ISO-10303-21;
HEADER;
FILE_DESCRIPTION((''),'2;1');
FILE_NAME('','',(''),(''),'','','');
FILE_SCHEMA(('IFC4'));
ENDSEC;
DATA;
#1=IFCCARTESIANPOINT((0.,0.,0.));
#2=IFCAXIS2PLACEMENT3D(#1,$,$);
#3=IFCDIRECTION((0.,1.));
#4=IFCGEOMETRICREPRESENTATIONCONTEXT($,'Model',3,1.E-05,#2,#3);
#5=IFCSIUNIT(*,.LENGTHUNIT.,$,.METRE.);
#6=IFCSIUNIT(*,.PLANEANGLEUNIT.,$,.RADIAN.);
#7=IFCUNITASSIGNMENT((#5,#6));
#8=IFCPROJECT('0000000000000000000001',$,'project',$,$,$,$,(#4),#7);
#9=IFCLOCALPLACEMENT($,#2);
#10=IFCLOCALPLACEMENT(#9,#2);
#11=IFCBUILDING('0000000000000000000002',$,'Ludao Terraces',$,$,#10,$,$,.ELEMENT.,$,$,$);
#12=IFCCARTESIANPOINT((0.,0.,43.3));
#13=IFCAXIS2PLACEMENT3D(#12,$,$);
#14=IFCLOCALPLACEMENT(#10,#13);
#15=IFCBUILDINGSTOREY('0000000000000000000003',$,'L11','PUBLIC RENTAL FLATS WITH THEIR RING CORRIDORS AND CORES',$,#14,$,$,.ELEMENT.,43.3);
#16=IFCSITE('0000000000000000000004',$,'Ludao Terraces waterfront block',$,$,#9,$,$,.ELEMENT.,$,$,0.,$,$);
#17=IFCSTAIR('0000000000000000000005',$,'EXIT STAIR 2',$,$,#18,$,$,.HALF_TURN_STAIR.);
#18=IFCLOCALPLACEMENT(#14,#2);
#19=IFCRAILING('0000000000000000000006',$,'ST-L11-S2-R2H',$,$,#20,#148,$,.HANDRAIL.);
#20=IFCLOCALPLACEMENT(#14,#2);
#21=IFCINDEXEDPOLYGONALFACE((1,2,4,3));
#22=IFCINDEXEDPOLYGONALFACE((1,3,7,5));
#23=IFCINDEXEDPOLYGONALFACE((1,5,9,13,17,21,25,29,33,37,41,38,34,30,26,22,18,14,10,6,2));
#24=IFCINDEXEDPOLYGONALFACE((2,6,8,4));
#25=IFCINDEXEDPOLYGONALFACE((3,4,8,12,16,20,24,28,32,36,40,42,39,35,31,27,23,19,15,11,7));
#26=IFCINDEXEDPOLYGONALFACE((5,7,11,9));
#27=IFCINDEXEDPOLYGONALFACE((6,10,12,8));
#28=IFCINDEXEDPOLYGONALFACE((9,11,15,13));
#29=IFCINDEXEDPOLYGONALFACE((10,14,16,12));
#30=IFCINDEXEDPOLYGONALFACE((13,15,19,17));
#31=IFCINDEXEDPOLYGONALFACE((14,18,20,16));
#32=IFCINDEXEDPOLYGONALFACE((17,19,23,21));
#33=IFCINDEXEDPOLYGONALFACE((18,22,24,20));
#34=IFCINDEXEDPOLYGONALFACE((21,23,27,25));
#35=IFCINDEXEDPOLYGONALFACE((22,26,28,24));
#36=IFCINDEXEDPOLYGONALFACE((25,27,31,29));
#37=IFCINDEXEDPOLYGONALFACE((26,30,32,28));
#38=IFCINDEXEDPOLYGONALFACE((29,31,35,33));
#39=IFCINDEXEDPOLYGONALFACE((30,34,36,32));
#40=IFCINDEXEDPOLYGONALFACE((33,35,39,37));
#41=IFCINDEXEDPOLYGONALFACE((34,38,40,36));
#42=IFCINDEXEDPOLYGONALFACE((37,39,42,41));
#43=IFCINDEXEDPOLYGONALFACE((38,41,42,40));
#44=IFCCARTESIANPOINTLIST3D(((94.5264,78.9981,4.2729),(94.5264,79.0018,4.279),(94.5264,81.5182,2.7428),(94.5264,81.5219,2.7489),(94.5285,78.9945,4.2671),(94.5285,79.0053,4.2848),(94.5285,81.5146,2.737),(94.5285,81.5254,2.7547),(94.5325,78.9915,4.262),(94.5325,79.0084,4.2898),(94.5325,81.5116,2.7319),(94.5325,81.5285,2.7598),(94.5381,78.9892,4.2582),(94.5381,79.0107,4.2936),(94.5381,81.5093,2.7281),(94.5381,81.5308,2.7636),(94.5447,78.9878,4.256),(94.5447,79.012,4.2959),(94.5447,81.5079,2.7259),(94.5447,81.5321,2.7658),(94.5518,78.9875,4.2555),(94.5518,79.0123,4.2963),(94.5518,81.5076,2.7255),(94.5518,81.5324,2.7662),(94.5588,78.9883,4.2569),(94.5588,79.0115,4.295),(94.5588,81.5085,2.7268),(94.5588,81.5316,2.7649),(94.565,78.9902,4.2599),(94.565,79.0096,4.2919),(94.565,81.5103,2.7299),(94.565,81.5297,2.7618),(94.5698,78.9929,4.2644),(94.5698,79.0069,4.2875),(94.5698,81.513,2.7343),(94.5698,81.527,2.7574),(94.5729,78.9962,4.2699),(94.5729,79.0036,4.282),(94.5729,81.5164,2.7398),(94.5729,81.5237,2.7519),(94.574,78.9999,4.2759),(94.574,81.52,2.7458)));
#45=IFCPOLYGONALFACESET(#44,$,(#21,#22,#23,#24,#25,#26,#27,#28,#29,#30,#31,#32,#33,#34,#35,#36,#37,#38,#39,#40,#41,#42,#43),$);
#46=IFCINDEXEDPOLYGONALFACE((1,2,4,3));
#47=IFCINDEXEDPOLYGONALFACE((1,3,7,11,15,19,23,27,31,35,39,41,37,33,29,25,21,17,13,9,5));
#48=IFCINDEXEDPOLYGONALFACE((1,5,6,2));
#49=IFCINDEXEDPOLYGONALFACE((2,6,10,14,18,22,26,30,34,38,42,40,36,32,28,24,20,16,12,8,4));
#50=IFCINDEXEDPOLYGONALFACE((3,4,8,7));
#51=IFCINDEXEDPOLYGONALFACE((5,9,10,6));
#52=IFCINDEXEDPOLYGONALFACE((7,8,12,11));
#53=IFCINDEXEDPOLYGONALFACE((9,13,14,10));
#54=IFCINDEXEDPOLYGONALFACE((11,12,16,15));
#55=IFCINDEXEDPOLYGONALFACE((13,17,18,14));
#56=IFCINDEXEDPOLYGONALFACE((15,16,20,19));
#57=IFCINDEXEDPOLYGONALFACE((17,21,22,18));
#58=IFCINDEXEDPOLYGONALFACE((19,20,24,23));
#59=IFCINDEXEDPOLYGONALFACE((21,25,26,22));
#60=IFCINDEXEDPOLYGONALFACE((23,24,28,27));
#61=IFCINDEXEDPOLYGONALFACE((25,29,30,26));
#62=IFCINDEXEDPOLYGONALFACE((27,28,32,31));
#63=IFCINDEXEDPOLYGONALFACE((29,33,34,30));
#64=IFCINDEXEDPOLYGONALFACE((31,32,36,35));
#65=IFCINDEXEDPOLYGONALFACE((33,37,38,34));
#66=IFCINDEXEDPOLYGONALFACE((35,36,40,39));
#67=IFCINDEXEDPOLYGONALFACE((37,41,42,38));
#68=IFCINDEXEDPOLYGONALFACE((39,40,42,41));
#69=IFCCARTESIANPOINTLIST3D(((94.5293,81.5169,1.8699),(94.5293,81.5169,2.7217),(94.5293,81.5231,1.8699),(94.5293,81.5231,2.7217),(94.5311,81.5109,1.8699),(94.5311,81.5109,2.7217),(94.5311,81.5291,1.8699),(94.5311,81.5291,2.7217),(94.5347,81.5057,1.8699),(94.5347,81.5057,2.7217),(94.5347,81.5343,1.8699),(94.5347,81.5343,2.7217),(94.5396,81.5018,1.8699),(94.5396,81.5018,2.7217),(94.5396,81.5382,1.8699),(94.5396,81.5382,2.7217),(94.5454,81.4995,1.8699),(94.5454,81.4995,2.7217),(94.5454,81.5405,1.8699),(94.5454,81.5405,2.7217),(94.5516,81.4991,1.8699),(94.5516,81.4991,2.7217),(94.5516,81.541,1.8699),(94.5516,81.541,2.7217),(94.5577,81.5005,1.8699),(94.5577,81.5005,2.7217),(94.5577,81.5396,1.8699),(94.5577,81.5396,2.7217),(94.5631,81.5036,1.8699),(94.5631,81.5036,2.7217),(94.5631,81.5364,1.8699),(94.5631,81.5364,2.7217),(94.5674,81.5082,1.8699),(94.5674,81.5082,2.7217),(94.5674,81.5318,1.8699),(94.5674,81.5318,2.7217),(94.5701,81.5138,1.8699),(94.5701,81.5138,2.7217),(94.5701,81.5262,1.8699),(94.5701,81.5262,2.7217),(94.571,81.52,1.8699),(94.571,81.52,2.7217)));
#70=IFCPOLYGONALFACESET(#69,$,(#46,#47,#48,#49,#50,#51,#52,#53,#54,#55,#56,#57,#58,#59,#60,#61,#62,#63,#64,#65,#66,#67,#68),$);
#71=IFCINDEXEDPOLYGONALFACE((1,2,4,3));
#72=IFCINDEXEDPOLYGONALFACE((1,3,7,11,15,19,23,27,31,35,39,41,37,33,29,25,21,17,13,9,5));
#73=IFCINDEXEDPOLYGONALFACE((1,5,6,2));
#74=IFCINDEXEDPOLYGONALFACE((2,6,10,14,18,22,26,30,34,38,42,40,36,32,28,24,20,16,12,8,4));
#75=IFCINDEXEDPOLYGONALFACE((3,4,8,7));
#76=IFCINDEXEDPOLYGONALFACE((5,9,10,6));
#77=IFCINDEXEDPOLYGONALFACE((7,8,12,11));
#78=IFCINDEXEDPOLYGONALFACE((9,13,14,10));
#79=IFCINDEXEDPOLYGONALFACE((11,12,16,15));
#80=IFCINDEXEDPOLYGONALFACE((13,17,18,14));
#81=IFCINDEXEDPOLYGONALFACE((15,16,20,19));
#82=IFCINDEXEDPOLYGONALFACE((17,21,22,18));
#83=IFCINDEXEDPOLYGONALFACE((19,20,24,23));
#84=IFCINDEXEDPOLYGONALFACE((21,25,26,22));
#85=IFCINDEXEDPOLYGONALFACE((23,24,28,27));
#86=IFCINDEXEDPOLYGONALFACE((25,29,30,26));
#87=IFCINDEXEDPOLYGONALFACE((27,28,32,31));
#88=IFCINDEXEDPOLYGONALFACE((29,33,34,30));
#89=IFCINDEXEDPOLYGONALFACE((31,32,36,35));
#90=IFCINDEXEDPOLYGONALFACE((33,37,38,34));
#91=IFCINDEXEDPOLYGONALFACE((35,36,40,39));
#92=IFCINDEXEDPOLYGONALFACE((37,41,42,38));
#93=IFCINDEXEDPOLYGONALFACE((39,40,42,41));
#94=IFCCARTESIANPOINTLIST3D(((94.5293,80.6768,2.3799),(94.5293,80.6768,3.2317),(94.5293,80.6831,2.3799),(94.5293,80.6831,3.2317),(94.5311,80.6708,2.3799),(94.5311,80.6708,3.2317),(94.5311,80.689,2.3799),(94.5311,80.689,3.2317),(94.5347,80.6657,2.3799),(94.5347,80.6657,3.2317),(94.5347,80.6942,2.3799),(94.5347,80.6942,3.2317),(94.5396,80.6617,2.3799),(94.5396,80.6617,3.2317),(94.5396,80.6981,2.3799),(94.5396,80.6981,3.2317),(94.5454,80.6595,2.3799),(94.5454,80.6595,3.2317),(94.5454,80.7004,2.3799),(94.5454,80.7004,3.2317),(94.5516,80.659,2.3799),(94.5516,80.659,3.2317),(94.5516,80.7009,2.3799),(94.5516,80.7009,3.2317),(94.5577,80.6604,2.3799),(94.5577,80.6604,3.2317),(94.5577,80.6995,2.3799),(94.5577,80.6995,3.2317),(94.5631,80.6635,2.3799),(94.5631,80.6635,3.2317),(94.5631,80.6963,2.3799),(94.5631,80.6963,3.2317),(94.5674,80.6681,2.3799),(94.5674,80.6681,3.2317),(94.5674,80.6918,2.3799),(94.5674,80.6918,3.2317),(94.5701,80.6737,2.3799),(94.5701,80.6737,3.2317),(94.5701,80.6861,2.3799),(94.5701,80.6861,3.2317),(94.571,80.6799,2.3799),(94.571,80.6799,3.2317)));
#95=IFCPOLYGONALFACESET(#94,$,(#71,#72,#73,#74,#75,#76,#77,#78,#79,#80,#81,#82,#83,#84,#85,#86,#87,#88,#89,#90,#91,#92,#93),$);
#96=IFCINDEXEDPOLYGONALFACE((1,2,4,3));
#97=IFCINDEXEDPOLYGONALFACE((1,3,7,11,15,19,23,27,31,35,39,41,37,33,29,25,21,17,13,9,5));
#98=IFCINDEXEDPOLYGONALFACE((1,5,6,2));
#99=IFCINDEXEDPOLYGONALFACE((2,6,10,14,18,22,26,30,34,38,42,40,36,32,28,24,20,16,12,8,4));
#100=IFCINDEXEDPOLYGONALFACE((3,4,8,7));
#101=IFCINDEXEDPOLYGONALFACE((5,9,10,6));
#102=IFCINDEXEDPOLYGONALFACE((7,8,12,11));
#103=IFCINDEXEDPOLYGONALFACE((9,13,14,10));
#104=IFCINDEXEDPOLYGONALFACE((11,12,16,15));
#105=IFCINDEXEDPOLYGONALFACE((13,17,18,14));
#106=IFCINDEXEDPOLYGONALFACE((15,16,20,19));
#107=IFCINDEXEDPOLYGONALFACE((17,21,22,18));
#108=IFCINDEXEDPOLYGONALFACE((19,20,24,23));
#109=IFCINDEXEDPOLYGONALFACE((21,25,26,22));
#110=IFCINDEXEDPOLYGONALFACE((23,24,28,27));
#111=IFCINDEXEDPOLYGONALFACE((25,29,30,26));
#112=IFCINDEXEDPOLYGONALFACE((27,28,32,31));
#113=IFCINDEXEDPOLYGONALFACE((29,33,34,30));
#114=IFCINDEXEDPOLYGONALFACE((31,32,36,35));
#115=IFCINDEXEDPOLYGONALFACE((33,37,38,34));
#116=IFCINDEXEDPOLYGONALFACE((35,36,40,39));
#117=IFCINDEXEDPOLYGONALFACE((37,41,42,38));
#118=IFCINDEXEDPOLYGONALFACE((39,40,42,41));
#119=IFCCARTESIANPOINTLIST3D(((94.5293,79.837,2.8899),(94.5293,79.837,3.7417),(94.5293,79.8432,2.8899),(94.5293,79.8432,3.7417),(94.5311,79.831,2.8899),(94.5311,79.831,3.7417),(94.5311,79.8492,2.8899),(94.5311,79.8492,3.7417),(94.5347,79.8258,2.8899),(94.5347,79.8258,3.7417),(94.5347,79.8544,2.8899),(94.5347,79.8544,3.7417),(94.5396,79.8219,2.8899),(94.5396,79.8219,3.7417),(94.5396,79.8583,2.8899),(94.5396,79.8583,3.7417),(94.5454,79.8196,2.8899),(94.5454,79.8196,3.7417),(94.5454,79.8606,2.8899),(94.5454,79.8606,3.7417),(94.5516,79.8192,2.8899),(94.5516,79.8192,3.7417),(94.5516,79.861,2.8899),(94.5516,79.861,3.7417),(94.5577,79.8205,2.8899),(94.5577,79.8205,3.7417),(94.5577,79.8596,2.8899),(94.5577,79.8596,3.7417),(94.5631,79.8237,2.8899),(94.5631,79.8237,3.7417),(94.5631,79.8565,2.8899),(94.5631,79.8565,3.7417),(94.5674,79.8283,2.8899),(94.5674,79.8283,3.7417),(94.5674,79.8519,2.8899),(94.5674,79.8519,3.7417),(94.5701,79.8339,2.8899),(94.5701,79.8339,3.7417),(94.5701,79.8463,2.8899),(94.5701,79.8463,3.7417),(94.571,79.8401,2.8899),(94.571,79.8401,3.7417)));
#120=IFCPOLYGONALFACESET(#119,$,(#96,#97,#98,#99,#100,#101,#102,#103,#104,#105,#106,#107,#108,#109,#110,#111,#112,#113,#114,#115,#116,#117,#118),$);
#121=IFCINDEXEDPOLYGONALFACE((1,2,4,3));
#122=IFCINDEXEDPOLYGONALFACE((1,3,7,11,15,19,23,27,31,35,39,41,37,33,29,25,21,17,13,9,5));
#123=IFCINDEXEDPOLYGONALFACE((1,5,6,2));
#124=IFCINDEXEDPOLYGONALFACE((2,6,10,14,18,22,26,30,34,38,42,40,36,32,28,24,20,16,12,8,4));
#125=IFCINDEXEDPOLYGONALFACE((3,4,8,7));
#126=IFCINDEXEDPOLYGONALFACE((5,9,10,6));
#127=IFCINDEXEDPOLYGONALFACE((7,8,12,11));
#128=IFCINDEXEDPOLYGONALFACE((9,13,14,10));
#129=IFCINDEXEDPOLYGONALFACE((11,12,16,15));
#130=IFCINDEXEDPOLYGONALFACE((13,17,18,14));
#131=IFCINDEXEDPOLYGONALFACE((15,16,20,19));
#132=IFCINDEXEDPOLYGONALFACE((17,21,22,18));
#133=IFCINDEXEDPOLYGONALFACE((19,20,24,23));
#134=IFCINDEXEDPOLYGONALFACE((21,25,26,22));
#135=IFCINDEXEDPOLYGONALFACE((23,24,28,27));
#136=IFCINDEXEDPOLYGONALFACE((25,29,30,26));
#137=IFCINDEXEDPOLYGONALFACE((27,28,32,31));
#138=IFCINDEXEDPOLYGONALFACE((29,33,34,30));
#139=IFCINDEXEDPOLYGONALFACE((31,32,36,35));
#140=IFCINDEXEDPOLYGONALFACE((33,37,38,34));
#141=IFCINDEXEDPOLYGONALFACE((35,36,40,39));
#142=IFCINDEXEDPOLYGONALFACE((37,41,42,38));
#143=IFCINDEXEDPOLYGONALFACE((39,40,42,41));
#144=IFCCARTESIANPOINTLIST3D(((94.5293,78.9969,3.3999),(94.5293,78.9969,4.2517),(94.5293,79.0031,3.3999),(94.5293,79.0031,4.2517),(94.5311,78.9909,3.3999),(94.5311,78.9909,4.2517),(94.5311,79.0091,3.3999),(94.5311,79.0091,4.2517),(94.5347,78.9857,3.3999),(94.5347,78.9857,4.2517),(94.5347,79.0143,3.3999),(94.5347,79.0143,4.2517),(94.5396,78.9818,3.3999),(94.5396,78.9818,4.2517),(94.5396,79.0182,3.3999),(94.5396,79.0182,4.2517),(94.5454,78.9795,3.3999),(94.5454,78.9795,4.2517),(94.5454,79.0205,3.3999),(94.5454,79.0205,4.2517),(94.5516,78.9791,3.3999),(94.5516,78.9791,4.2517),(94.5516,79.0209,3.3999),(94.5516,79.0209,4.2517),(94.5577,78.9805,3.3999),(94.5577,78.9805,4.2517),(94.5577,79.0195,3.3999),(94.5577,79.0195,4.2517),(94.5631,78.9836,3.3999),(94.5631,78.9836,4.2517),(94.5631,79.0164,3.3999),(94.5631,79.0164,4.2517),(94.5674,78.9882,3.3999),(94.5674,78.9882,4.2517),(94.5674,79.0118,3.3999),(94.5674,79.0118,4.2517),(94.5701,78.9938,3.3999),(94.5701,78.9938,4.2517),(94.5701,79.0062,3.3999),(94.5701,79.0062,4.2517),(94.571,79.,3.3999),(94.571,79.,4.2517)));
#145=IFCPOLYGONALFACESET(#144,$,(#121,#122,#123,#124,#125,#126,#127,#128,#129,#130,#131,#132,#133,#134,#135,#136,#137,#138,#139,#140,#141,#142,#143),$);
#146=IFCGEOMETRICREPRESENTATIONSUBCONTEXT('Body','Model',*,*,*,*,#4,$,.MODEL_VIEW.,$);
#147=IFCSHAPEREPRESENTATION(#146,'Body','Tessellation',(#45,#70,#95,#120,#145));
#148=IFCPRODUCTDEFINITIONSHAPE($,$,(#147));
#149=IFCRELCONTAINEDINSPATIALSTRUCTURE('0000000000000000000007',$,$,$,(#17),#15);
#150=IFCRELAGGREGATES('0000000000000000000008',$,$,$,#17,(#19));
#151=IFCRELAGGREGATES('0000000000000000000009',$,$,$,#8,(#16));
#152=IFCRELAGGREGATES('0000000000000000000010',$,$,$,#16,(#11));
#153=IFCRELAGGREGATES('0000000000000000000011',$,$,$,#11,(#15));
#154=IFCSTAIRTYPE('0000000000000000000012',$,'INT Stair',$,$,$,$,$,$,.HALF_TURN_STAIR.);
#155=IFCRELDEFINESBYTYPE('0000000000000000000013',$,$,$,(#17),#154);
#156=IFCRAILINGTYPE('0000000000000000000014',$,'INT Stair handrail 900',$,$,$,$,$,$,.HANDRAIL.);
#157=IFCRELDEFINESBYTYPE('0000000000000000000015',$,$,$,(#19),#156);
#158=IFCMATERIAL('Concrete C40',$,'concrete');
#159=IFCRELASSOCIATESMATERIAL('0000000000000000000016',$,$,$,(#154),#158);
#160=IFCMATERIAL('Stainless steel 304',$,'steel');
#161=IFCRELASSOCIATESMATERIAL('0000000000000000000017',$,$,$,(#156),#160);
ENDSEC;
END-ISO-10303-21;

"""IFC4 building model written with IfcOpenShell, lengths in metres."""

from ifc_helpers import new_model, si_unit, direction, frame, origin, origin_2d, place, context, subcontext, project, spatial, circle, extrude, material, type_object, element, aggregate, save


model = new_model("IFC4")

# Units and contexts
model_context = context("Model", 3, precision=1e-05, world=origin(), true_north=direction((0.0, 1.0)))
body_context = subcontext(model_context, "Body", "Model", "MODEL_VIEW")
ifc_project = project(units=[si_unit("LENGTHUNIT", "METRE"), si_unit("PLANEANGLEUNIT", "RADIAN")], contexts=[model_context])

# Site, building, storey
site_placement = place(None, origin())
site = spatial("IfcSite", under=ifc_project, at=site_placement, Name="Ludao Terraces waterfront block", CompositionType="ELEMENT", RefElevation=0.0)
building_placement = place(site_placement, origin())
building = spatial("IfcBuilding", under=site, at=building_placement, Name="Ludao Terraces", CompositionType="ELEMENT")
storey_placement = place(building_placement, frame((0.0, 0.0, 43.3)))
storey = spatial("IfcBuildingStorey", under=building, at=storey_placement, Name="L11", Description="PUBLIC RENTAL FLATS WITH THEIR RING CORRIDORS AND CORES", CompositionType="ELEMENT", Elevation=43.3)

# Shared definitions
ifc_material_1 = material(Name="Concrete C40", Category="concrete")

# Stair, railing
stair_type = type_object("IfcStairType", Name="INT Stair", PredefinedType="HALF_TURN_STAIR", material=ifc_material_1)
stair_placement = place(storey_placement, origin())
stair = element("IfcStair", 1, at=stair_placement, inside=storey, type_object=stair_type, Name="EXIT STAIR 2", PredefinedType="HALF_TURN_STAIR")
ifc_material_2 = material(Name="Stainless steel 304", Category="steel")
railing_type_1 = type_object("IfcRailingType", Name="INT Stair handrail 900", PredefinedType="HANDRAIL", material=ifc_material_2)
railing_1_placement = place(storey_placement, frame((94.55, 81.52, 1.8699)))
railing_1 = element("IfcRailing", 2, at=railing_1_placement, type_object=railing_type_1, Name="ST-L11-S2-R2H", PredefinedType="HANDRAIL", context=body_context, shape_type="SweptSolid", body=[
    extrude(circle(Radius=0.0239, at=origin_2d()), frame((0.0, 0.0, 0.876), z_axis=(0.0, -0.854785, 0.518982), x_axis=(1.0, 0.0, 0.0)), (0.0, 0.0, 1.0), 2.9482),
    extrude(circle(Radius=0.021, at=origin_2d()), origin(), (0.0, 0.0, 1.0), 0.8518),
    extrude(circle(Radius=0.021, at=origin_2d()), frame((0.0, -0.8401, 0.51)), (0.0, 0.0, 1.0), 0.8518),
    extrude(circle(Radius=0.021, at=origin_2d()), frame((0.0, -1.6799, 1.02)), (0.0, 0.0, 1.0), 0.8518),
    extrude(circle(Radius=0.021, at=origin_2d()), frame((0.0, -2.52, 1.53)), (0.0, 0.0, 1.0), 0.8518),
])
aggregate(stair, [railing_1])

save(model, "model.ifc")
